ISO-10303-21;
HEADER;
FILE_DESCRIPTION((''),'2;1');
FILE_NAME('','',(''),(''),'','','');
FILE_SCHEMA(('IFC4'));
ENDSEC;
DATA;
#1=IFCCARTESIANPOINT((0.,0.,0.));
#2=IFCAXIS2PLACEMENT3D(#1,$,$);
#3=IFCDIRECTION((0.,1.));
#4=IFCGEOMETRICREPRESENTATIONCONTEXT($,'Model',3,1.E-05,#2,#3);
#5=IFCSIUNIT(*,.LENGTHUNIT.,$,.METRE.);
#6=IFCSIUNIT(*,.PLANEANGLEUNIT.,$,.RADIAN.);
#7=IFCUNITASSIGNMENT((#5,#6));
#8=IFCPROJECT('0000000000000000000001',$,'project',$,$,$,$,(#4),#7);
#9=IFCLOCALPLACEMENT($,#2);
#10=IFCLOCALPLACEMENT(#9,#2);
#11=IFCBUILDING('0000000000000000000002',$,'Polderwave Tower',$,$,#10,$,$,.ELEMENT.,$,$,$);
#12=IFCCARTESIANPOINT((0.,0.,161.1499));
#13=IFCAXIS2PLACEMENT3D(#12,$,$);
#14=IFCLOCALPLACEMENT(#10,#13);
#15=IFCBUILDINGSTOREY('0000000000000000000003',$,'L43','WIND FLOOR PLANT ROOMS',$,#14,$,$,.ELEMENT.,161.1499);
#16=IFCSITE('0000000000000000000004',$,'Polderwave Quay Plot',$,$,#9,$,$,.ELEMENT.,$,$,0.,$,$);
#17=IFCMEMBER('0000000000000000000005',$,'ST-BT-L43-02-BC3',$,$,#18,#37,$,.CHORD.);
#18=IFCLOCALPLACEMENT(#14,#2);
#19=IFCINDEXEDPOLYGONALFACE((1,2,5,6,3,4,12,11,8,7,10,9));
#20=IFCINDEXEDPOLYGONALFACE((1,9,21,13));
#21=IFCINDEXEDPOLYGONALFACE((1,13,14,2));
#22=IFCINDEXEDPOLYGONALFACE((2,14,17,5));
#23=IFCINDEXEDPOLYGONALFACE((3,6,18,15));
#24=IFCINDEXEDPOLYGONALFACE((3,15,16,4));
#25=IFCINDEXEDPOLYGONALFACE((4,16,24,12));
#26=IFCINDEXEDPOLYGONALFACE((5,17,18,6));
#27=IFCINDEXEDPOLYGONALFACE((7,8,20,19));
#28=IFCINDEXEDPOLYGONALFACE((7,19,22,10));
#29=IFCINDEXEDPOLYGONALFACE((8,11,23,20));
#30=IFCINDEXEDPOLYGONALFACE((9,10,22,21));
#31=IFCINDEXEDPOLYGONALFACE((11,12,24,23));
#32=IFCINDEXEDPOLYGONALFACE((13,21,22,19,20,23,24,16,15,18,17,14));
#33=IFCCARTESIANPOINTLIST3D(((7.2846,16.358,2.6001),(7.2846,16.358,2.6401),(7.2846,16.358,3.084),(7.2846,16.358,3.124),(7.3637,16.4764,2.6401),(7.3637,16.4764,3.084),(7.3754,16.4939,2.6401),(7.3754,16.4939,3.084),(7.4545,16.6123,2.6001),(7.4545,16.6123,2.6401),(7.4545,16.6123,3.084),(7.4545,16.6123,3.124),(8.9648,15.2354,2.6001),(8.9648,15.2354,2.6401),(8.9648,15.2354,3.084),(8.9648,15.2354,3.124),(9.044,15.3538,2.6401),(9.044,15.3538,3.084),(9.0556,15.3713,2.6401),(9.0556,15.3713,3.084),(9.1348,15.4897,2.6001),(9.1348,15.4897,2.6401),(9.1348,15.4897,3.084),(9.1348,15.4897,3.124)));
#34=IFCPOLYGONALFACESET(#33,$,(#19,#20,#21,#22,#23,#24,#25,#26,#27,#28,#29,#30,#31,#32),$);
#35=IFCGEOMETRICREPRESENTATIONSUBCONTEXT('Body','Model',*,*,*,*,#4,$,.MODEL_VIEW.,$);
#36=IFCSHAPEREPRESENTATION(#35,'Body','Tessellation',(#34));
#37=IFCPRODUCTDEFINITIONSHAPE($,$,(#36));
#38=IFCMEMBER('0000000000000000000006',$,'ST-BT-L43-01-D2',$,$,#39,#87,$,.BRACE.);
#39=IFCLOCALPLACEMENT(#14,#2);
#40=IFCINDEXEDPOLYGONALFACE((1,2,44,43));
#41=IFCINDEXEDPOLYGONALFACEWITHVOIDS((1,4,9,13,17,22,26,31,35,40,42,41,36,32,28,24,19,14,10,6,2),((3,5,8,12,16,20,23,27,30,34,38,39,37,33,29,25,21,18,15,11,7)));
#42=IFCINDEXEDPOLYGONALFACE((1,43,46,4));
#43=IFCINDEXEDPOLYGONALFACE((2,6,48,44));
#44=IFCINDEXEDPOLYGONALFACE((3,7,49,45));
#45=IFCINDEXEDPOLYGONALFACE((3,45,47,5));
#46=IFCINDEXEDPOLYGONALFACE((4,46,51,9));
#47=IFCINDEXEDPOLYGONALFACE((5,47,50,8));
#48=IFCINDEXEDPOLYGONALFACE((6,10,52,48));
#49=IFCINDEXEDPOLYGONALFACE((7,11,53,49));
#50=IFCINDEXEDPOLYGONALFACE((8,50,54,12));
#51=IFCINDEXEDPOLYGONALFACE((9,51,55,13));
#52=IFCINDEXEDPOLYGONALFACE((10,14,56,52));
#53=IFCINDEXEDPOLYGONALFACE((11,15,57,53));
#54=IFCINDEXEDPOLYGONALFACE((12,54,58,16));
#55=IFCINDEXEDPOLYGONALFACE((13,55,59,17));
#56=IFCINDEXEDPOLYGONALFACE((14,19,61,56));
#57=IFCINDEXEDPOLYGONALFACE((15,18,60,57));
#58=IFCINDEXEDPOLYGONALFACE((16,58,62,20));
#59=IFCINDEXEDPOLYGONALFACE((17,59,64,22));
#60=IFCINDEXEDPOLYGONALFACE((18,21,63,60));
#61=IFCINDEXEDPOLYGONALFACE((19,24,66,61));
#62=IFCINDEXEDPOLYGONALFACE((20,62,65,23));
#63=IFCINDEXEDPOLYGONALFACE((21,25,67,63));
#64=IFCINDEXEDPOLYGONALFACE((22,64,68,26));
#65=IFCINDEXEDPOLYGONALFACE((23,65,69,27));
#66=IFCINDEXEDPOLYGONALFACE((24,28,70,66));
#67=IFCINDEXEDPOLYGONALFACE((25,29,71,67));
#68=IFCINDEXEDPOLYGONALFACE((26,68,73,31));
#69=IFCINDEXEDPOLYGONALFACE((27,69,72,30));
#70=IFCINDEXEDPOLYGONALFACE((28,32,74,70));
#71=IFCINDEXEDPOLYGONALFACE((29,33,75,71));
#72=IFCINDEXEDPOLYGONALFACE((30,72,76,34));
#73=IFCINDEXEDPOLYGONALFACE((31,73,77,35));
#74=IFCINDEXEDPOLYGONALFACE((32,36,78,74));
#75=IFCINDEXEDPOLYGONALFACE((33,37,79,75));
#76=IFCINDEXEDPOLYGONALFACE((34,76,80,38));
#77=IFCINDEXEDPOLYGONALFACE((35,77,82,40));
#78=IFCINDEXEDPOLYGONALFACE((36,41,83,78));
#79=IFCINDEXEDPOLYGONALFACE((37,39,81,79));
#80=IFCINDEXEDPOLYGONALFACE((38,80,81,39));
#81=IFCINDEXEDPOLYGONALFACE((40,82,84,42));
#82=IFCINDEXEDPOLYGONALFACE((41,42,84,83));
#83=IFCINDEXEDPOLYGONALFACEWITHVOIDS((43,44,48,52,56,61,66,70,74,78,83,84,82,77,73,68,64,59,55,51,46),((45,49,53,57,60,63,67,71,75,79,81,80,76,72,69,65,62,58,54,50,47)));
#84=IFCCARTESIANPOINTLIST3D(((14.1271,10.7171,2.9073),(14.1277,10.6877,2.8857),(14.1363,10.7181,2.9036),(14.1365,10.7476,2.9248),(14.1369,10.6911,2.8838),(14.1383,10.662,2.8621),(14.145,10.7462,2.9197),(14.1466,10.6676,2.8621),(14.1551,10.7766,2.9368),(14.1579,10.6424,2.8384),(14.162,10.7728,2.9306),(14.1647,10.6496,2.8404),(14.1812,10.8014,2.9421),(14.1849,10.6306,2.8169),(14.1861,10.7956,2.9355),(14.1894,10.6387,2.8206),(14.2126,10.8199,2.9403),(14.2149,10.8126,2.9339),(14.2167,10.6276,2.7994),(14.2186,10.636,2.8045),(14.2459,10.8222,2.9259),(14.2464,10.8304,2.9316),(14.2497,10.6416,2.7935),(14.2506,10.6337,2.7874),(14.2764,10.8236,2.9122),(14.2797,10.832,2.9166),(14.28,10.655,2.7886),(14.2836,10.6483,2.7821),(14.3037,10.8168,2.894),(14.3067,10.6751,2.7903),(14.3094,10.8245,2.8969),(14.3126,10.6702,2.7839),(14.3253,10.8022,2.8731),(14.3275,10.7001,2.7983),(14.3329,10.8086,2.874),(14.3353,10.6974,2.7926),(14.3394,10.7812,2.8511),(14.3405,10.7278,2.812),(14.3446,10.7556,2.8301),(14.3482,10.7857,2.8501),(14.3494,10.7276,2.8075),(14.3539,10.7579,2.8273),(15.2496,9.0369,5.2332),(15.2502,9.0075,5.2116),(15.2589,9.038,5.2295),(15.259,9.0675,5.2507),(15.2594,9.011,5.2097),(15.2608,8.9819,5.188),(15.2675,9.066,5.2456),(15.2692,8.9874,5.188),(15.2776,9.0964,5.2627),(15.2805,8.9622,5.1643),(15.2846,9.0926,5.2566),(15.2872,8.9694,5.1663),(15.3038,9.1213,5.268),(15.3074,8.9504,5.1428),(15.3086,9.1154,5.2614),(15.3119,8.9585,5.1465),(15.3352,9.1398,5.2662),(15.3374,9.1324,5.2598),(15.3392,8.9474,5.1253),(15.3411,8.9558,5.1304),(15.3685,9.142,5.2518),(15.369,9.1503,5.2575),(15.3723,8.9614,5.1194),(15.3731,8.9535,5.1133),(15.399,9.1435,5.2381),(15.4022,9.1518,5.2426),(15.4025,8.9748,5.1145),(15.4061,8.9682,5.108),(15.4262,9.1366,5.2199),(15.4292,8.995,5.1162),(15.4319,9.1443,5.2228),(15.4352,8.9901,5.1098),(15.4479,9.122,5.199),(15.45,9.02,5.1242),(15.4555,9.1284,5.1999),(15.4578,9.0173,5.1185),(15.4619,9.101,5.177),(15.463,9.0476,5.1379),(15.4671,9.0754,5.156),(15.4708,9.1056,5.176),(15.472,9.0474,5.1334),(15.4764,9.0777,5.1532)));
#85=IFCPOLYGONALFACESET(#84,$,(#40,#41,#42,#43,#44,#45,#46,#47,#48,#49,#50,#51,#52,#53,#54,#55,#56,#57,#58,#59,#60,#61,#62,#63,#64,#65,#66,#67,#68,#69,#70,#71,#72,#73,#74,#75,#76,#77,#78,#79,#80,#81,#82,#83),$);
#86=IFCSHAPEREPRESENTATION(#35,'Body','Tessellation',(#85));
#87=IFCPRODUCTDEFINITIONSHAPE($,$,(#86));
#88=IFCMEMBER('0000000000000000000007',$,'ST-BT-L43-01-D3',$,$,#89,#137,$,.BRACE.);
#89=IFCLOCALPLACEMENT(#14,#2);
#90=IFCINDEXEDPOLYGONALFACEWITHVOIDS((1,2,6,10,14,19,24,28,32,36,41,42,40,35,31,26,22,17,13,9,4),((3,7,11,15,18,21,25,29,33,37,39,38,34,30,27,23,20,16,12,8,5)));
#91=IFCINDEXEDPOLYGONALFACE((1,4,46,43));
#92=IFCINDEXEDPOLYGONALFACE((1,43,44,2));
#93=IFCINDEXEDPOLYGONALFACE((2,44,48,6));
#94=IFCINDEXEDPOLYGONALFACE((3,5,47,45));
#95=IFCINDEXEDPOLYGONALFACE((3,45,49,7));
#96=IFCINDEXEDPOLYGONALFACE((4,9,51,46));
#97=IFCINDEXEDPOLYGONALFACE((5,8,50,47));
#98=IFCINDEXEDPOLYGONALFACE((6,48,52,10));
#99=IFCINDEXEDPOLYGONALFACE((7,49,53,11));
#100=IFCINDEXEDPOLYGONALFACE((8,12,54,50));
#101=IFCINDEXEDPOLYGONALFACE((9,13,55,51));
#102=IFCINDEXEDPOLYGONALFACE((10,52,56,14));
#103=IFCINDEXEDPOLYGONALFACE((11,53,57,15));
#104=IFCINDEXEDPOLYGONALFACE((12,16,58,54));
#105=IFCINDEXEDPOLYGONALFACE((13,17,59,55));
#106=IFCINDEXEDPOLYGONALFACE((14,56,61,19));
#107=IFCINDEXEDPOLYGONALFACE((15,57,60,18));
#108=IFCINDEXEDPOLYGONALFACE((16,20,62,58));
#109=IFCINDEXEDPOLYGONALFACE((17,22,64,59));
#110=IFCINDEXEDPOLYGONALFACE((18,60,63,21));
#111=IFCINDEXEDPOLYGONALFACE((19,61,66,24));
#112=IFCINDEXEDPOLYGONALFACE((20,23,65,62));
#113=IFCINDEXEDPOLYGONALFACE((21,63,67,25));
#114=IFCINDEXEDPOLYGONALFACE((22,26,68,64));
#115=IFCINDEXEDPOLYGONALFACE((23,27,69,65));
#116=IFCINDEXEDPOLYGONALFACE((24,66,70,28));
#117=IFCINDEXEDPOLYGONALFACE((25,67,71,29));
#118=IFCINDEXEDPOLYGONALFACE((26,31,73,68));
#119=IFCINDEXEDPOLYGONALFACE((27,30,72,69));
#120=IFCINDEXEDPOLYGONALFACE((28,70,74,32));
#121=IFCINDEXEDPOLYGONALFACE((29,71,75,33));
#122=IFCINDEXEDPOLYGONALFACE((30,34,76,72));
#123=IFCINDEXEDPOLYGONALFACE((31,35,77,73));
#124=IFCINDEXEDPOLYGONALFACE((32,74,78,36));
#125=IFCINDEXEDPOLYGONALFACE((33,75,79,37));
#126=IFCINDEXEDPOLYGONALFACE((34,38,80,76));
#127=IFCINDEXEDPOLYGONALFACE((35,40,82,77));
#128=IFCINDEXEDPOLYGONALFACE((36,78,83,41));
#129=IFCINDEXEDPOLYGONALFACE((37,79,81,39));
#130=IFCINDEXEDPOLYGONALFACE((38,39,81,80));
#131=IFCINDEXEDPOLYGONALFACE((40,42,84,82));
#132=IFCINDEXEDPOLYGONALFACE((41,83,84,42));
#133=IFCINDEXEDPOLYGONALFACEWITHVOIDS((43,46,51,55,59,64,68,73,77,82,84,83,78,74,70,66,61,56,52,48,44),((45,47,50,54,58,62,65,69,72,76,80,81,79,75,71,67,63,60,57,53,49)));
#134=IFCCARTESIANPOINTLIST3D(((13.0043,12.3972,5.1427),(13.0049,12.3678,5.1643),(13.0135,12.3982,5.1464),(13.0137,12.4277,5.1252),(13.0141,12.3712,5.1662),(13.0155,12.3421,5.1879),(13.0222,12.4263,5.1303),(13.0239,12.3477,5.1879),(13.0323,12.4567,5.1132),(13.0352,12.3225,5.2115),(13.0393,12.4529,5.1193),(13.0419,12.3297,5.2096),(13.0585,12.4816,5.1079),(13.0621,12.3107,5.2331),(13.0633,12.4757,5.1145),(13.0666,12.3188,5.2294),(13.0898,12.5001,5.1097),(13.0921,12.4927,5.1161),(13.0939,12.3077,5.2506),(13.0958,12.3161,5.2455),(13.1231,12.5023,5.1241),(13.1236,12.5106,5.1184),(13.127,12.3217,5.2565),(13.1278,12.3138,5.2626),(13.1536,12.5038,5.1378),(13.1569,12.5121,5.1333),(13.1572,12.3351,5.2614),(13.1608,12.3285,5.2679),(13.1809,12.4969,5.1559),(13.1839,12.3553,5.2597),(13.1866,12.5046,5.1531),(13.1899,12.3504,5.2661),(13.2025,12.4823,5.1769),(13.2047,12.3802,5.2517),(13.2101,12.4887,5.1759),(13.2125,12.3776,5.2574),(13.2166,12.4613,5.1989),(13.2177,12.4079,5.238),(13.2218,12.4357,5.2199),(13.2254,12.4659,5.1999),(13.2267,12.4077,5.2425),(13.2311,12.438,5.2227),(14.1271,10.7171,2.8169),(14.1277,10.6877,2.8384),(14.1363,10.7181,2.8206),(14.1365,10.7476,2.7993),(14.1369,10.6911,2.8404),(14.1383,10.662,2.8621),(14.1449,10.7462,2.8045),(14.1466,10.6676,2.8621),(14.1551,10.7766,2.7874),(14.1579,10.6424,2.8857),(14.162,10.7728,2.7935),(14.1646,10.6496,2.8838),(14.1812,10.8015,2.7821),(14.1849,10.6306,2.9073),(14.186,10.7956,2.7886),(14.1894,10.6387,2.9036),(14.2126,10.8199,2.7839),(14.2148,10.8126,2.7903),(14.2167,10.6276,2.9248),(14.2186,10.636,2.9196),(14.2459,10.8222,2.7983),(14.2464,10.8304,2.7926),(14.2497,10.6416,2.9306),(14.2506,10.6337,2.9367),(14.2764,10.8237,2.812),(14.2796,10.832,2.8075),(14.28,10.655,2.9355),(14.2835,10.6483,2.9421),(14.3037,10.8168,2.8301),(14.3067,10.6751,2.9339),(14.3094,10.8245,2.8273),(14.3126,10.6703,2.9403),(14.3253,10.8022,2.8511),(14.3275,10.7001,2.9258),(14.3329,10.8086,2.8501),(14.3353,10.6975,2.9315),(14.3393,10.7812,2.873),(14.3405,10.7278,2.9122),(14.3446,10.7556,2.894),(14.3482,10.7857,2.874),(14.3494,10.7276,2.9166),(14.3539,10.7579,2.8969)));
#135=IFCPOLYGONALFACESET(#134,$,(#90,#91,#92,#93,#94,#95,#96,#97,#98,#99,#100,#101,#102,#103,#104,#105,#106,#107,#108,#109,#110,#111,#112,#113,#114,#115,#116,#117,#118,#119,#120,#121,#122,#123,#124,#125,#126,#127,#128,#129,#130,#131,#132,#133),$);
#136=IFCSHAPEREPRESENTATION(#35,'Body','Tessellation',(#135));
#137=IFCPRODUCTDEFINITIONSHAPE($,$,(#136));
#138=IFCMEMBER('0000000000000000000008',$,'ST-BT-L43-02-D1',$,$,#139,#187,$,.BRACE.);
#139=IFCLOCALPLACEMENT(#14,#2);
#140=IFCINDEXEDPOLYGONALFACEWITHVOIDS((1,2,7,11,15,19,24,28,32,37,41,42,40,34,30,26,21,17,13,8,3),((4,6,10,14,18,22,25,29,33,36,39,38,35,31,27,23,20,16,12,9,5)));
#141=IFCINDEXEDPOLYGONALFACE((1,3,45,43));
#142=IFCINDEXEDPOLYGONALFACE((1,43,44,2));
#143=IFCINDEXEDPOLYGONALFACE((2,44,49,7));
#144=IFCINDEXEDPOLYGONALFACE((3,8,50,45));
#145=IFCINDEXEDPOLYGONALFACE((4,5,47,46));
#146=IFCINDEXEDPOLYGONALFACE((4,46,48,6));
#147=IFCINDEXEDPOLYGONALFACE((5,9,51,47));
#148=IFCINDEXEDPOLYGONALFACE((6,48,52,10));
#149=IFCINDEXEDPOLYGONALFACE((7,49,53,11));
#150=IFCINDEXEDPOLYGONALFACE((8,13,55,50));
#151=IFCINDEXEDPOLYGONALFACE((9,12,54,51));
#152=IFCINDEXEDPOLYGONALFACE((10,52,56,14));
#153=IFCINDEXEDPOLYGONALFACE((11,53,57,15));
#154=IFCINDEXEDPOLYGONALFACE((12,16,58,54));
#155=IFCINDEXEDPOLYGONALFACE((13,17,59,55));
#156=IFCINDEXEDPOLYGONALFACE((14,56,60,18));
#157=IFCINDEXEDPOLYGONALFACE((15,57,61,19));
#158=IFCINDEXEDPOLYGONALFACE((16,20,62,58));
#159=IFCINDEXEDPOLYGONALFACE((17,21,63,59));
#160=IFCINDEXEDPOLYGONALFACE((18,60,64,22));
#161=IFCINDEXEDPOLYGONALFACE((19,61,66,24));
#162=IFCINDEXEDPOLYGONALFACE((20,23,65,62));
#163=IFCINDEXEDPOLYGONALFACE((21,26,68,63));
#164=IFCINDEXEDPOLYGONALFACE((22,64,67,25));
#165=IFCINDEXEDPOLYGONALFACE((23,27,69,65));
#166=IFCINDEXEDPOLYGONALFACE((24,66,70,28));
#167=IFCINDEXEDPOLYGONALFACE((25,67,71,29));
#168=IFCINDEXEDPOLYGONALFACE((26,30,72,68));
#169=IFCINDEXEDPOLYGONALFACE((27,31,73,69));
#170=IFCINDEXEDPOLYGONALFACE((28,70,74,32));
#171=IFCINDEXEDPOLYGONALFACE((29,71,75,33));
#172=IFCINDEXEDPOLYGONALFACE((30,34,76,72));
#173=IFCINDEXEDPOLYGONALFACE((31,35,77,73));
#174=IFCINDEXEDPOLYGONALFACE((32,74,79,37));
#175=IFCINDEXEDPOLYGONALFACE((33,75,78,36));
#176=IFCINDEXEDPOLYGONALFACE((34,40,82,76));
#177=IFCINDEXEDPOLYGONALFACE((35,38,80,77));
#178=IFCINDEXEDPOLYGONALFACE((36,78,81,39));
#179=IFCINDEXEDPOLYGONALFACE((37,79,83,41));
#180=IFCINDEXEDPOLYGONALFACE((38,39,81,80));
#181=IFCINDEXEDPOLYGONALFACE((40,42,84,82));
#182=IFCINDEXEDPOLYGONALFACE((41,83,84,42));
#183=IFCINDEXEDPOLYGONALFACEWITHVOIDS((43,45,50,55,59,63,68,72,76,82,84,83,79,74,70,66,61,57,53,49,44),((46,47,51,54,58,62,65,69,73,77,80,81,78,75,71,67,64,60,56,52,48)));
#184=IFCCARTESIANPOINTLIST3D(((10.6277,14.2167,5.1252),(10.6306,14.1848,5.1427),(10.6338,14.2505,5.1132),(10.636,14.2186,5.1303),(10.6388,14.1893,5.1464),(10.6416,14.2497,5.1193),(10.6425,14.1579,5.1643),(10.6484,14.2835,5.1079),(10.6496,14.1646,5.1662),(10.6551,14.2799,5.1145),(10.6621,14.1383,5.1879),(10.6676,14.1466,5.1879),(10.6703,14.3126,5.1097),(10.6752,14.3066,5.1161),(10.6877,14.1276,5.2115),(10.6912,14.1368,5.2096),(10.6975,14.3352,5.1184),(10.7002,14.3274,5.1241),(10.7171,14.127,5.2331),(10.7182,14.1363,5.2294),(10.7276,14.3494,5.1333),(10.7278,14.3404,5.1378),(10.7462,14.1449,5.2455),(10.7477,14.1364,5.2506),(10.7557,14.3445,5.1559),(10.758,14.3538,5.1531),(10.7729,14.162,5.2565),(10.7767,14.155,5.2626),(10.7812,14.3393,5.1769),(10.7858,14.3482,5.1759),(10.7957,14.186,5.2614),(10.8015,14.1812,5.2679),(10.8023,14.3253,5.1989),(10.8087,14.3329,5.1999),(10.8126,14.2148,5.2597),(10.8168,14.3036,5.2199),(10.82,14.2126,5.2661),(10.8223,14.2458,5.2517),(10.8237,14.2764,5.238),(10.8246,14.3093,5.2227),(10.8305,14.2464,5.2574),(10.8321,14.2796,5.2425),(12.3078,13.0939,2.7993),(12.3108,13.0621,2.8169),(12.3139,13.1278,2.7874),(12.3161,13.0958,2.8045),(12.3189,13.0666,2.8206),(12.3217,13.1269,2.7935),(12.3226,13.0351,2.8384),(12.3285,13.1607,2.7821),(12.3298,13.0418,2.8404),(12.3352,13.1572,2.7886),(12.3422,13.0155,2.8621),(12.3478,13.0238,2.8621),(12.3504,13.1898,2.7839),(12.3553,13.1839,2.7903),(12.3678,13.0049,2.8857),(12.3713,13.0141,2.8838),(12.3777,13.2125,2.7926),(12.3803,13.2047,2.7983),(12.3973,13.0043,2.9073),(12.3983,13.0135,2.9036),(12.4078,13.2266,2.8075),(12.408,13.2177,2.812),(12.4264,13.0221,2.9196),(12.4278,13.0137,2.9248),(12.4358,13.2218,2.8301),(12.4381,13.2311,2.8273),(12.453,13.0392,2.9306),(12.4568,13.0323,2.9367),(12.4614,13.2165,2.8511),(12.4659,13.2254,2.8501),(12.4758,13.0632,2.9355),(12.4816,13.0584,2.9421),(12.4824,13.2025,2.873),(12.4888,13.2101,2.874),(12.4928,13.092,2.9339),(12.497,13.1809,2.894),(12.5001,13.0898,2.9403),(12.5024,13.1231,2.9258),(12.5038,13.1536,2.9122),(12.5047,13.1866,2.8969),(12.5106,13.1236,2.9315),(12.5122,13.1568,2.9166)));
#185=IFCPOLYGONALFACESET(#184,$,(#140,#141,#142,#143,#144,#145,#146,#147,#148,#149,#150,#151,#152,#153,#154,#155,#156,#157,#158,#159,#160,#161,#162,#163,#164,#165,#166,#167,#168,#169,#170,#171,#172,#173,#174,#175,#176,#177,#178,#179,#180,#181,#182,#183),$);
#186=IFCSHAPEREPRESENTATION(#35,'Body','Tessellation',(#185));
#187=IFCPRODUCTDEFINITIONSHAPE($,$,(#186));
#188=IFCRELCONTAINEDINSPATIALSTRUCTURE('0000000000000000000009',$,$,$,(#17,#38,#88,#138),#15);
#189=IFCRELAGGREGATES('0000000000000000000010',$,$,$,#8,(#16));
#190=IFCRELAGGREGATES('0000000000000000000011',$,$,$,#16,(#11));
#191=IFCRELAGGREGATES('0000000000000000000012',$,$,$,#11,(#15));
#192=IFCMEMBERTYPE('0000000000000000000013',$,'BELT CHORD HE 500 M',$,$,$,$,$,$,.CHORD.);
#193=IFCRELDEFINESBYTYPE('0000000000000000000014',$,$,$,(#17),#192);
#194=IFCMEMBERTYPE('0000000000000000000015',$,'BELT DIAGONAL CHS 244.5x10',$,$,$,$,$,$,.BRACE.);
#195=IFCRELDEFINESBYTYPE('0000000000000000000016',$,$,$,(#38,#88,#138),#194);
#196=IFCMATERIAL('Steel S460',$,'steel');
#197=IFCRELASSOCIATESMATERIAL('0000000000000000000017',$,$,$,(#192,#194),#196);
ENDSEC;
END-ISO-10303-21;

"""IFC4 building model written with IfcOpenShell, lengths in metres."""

from ifc_helpers import new_model, si_unit, direction, frame, origin, origin_2d, place, context, subcontext, project, spatial, hollow_circle, i_section, extrude, material, material_profile, profile_set, type_object, element, save


model = new_model("IFC4")

# Units and contexts
model_context = context("Model", 3, precision=1e-05, world=origin(), true_north=direction((0.0, 1.0)))
body_context = subcontext(model_context, "Body", "Model", "MODEL_VIEW")
ifc_project = project(units=[si_unit("LENGTHUNIT", "METRE"), si_unit("PLANEANGLEUNIT", "RADIAN")], contexts=[model_context])

# Site, building, storey
site_placement = place(None, origin())
site = spatial("IfcSite", under=ifc_project, at=site_placement, Name="Polderwave Quay Plot", CompositionType="ELEMENT", RefElevation=0.0)
building_placement = place(site_placement, origin())
building = spatial("IfcBuilding", under=site, at=building_placement, Name="Polderwave Tower", CompositionType="ELEMENT")
storey_placement = place(building_placement, frame((0.0, 0.0, 161.1499)))
storey = spatial("IfcBuildingStorey", under=building, at=storey_placement, Name="L43", Description="WIND FLOOR PLANT ROOMS", CompositionType="ELEMENT", Elevation=161.1499)

# Members
ifc_material_1 = material(Name="Steel S460", Category="steel")
ifc_material_profile_1 = material_profile(ifc_material_1, i_section(OverallWidth=0.3059, OverallDepth=0.5239, WebThickness=0.021, FlangeThickness=0.04, at=origin_2d()), Name="HE 500 M")
ifc_profile_set_1 = profile_set([ifc_material_profile_1], Name="Steel S460")
member_type_1 = type_object("IfcMemberType", Name="BELT CHORD HE 500 M", PredefinedType="CHORD", material=ifc_profile_set_1)
for number, where, z_axis, x_axis, name in (
    (1, (9.0498, 15.3625, 2.8621), (-0.831492, 0.555536, 0.0), (-0.555536, -0.831492, 0.0), "ST-BT-L43-02-BC3"),
):
    element("IfcMember", number, at=place(storey_placement, frame(where, z_axis=z_axis, x_axis=x_axis)), inside=storey, type_object=member_type_1, Name=name, PredefinedType="CHORD", context=body_context, shape_type="SweptSolid", body=[
        extrude(i_section(OverallWidth=0.3059, OverallDepth=0.5239, WebThickness=0.021, FlangeThickness=0.04, at=origin_2d()), origin(), (0.0, 0.0, 1.0), 2.0208),
    ])
ifc_material_profile_2 = material_profile(ifc_material_1, hollow_circle(Radius=0.1223, WallThickness=0.01, at=origin_2d()), Name="CHS 244.5x10")
ifc_profile_set_2 = profile_set([ifc_material_profile_2], Name="Steel S460")
member_type_2 = type_object("IfcMemberType", Name="BELT DIAGONAL CHS 244.5x10", PredefinedType="BRACE", material=ifc_profile_set_2)
for number, where, z_axis, x_axis, name in (
    (2, (15.3625, 9.0498, 5.188), (-0.364339, 0.54532, -0.754906), (-0.831492, -0.555536, 0.0), "ST-BT-L43-01-D2"),
    (3, (14.24, 10.73, 2.8621), (-0.364408, 0.545304, 0.754884), (-0.831436, -0.55562, 0.0), "ST-BT-L43-01-D3"),
    (4, (12.4102, 13.1172, 2.8621), (-0.545304, 0.364408, 0.754884), (-0.55562, -0.831436, 0.0), "ST-BT-L43-02-D1"),
):
    element("IfcMember", number, at=place(storey_placement, frame(where, z_axis=z_axis, x_axis=x_axis)), inside=storey, type_object=member_type_2, Name=name, PredefinedType="BRACE", context=body_context, shape_type="SweptSolid", body=[
        extrude(hollow_circle(Radius=0.1223, WallThickness=0.01, at=origin_2d()), origin(), (0.0, 0.0, 1.0), 3.0811),
    ])

save(model, "model.ifc")
